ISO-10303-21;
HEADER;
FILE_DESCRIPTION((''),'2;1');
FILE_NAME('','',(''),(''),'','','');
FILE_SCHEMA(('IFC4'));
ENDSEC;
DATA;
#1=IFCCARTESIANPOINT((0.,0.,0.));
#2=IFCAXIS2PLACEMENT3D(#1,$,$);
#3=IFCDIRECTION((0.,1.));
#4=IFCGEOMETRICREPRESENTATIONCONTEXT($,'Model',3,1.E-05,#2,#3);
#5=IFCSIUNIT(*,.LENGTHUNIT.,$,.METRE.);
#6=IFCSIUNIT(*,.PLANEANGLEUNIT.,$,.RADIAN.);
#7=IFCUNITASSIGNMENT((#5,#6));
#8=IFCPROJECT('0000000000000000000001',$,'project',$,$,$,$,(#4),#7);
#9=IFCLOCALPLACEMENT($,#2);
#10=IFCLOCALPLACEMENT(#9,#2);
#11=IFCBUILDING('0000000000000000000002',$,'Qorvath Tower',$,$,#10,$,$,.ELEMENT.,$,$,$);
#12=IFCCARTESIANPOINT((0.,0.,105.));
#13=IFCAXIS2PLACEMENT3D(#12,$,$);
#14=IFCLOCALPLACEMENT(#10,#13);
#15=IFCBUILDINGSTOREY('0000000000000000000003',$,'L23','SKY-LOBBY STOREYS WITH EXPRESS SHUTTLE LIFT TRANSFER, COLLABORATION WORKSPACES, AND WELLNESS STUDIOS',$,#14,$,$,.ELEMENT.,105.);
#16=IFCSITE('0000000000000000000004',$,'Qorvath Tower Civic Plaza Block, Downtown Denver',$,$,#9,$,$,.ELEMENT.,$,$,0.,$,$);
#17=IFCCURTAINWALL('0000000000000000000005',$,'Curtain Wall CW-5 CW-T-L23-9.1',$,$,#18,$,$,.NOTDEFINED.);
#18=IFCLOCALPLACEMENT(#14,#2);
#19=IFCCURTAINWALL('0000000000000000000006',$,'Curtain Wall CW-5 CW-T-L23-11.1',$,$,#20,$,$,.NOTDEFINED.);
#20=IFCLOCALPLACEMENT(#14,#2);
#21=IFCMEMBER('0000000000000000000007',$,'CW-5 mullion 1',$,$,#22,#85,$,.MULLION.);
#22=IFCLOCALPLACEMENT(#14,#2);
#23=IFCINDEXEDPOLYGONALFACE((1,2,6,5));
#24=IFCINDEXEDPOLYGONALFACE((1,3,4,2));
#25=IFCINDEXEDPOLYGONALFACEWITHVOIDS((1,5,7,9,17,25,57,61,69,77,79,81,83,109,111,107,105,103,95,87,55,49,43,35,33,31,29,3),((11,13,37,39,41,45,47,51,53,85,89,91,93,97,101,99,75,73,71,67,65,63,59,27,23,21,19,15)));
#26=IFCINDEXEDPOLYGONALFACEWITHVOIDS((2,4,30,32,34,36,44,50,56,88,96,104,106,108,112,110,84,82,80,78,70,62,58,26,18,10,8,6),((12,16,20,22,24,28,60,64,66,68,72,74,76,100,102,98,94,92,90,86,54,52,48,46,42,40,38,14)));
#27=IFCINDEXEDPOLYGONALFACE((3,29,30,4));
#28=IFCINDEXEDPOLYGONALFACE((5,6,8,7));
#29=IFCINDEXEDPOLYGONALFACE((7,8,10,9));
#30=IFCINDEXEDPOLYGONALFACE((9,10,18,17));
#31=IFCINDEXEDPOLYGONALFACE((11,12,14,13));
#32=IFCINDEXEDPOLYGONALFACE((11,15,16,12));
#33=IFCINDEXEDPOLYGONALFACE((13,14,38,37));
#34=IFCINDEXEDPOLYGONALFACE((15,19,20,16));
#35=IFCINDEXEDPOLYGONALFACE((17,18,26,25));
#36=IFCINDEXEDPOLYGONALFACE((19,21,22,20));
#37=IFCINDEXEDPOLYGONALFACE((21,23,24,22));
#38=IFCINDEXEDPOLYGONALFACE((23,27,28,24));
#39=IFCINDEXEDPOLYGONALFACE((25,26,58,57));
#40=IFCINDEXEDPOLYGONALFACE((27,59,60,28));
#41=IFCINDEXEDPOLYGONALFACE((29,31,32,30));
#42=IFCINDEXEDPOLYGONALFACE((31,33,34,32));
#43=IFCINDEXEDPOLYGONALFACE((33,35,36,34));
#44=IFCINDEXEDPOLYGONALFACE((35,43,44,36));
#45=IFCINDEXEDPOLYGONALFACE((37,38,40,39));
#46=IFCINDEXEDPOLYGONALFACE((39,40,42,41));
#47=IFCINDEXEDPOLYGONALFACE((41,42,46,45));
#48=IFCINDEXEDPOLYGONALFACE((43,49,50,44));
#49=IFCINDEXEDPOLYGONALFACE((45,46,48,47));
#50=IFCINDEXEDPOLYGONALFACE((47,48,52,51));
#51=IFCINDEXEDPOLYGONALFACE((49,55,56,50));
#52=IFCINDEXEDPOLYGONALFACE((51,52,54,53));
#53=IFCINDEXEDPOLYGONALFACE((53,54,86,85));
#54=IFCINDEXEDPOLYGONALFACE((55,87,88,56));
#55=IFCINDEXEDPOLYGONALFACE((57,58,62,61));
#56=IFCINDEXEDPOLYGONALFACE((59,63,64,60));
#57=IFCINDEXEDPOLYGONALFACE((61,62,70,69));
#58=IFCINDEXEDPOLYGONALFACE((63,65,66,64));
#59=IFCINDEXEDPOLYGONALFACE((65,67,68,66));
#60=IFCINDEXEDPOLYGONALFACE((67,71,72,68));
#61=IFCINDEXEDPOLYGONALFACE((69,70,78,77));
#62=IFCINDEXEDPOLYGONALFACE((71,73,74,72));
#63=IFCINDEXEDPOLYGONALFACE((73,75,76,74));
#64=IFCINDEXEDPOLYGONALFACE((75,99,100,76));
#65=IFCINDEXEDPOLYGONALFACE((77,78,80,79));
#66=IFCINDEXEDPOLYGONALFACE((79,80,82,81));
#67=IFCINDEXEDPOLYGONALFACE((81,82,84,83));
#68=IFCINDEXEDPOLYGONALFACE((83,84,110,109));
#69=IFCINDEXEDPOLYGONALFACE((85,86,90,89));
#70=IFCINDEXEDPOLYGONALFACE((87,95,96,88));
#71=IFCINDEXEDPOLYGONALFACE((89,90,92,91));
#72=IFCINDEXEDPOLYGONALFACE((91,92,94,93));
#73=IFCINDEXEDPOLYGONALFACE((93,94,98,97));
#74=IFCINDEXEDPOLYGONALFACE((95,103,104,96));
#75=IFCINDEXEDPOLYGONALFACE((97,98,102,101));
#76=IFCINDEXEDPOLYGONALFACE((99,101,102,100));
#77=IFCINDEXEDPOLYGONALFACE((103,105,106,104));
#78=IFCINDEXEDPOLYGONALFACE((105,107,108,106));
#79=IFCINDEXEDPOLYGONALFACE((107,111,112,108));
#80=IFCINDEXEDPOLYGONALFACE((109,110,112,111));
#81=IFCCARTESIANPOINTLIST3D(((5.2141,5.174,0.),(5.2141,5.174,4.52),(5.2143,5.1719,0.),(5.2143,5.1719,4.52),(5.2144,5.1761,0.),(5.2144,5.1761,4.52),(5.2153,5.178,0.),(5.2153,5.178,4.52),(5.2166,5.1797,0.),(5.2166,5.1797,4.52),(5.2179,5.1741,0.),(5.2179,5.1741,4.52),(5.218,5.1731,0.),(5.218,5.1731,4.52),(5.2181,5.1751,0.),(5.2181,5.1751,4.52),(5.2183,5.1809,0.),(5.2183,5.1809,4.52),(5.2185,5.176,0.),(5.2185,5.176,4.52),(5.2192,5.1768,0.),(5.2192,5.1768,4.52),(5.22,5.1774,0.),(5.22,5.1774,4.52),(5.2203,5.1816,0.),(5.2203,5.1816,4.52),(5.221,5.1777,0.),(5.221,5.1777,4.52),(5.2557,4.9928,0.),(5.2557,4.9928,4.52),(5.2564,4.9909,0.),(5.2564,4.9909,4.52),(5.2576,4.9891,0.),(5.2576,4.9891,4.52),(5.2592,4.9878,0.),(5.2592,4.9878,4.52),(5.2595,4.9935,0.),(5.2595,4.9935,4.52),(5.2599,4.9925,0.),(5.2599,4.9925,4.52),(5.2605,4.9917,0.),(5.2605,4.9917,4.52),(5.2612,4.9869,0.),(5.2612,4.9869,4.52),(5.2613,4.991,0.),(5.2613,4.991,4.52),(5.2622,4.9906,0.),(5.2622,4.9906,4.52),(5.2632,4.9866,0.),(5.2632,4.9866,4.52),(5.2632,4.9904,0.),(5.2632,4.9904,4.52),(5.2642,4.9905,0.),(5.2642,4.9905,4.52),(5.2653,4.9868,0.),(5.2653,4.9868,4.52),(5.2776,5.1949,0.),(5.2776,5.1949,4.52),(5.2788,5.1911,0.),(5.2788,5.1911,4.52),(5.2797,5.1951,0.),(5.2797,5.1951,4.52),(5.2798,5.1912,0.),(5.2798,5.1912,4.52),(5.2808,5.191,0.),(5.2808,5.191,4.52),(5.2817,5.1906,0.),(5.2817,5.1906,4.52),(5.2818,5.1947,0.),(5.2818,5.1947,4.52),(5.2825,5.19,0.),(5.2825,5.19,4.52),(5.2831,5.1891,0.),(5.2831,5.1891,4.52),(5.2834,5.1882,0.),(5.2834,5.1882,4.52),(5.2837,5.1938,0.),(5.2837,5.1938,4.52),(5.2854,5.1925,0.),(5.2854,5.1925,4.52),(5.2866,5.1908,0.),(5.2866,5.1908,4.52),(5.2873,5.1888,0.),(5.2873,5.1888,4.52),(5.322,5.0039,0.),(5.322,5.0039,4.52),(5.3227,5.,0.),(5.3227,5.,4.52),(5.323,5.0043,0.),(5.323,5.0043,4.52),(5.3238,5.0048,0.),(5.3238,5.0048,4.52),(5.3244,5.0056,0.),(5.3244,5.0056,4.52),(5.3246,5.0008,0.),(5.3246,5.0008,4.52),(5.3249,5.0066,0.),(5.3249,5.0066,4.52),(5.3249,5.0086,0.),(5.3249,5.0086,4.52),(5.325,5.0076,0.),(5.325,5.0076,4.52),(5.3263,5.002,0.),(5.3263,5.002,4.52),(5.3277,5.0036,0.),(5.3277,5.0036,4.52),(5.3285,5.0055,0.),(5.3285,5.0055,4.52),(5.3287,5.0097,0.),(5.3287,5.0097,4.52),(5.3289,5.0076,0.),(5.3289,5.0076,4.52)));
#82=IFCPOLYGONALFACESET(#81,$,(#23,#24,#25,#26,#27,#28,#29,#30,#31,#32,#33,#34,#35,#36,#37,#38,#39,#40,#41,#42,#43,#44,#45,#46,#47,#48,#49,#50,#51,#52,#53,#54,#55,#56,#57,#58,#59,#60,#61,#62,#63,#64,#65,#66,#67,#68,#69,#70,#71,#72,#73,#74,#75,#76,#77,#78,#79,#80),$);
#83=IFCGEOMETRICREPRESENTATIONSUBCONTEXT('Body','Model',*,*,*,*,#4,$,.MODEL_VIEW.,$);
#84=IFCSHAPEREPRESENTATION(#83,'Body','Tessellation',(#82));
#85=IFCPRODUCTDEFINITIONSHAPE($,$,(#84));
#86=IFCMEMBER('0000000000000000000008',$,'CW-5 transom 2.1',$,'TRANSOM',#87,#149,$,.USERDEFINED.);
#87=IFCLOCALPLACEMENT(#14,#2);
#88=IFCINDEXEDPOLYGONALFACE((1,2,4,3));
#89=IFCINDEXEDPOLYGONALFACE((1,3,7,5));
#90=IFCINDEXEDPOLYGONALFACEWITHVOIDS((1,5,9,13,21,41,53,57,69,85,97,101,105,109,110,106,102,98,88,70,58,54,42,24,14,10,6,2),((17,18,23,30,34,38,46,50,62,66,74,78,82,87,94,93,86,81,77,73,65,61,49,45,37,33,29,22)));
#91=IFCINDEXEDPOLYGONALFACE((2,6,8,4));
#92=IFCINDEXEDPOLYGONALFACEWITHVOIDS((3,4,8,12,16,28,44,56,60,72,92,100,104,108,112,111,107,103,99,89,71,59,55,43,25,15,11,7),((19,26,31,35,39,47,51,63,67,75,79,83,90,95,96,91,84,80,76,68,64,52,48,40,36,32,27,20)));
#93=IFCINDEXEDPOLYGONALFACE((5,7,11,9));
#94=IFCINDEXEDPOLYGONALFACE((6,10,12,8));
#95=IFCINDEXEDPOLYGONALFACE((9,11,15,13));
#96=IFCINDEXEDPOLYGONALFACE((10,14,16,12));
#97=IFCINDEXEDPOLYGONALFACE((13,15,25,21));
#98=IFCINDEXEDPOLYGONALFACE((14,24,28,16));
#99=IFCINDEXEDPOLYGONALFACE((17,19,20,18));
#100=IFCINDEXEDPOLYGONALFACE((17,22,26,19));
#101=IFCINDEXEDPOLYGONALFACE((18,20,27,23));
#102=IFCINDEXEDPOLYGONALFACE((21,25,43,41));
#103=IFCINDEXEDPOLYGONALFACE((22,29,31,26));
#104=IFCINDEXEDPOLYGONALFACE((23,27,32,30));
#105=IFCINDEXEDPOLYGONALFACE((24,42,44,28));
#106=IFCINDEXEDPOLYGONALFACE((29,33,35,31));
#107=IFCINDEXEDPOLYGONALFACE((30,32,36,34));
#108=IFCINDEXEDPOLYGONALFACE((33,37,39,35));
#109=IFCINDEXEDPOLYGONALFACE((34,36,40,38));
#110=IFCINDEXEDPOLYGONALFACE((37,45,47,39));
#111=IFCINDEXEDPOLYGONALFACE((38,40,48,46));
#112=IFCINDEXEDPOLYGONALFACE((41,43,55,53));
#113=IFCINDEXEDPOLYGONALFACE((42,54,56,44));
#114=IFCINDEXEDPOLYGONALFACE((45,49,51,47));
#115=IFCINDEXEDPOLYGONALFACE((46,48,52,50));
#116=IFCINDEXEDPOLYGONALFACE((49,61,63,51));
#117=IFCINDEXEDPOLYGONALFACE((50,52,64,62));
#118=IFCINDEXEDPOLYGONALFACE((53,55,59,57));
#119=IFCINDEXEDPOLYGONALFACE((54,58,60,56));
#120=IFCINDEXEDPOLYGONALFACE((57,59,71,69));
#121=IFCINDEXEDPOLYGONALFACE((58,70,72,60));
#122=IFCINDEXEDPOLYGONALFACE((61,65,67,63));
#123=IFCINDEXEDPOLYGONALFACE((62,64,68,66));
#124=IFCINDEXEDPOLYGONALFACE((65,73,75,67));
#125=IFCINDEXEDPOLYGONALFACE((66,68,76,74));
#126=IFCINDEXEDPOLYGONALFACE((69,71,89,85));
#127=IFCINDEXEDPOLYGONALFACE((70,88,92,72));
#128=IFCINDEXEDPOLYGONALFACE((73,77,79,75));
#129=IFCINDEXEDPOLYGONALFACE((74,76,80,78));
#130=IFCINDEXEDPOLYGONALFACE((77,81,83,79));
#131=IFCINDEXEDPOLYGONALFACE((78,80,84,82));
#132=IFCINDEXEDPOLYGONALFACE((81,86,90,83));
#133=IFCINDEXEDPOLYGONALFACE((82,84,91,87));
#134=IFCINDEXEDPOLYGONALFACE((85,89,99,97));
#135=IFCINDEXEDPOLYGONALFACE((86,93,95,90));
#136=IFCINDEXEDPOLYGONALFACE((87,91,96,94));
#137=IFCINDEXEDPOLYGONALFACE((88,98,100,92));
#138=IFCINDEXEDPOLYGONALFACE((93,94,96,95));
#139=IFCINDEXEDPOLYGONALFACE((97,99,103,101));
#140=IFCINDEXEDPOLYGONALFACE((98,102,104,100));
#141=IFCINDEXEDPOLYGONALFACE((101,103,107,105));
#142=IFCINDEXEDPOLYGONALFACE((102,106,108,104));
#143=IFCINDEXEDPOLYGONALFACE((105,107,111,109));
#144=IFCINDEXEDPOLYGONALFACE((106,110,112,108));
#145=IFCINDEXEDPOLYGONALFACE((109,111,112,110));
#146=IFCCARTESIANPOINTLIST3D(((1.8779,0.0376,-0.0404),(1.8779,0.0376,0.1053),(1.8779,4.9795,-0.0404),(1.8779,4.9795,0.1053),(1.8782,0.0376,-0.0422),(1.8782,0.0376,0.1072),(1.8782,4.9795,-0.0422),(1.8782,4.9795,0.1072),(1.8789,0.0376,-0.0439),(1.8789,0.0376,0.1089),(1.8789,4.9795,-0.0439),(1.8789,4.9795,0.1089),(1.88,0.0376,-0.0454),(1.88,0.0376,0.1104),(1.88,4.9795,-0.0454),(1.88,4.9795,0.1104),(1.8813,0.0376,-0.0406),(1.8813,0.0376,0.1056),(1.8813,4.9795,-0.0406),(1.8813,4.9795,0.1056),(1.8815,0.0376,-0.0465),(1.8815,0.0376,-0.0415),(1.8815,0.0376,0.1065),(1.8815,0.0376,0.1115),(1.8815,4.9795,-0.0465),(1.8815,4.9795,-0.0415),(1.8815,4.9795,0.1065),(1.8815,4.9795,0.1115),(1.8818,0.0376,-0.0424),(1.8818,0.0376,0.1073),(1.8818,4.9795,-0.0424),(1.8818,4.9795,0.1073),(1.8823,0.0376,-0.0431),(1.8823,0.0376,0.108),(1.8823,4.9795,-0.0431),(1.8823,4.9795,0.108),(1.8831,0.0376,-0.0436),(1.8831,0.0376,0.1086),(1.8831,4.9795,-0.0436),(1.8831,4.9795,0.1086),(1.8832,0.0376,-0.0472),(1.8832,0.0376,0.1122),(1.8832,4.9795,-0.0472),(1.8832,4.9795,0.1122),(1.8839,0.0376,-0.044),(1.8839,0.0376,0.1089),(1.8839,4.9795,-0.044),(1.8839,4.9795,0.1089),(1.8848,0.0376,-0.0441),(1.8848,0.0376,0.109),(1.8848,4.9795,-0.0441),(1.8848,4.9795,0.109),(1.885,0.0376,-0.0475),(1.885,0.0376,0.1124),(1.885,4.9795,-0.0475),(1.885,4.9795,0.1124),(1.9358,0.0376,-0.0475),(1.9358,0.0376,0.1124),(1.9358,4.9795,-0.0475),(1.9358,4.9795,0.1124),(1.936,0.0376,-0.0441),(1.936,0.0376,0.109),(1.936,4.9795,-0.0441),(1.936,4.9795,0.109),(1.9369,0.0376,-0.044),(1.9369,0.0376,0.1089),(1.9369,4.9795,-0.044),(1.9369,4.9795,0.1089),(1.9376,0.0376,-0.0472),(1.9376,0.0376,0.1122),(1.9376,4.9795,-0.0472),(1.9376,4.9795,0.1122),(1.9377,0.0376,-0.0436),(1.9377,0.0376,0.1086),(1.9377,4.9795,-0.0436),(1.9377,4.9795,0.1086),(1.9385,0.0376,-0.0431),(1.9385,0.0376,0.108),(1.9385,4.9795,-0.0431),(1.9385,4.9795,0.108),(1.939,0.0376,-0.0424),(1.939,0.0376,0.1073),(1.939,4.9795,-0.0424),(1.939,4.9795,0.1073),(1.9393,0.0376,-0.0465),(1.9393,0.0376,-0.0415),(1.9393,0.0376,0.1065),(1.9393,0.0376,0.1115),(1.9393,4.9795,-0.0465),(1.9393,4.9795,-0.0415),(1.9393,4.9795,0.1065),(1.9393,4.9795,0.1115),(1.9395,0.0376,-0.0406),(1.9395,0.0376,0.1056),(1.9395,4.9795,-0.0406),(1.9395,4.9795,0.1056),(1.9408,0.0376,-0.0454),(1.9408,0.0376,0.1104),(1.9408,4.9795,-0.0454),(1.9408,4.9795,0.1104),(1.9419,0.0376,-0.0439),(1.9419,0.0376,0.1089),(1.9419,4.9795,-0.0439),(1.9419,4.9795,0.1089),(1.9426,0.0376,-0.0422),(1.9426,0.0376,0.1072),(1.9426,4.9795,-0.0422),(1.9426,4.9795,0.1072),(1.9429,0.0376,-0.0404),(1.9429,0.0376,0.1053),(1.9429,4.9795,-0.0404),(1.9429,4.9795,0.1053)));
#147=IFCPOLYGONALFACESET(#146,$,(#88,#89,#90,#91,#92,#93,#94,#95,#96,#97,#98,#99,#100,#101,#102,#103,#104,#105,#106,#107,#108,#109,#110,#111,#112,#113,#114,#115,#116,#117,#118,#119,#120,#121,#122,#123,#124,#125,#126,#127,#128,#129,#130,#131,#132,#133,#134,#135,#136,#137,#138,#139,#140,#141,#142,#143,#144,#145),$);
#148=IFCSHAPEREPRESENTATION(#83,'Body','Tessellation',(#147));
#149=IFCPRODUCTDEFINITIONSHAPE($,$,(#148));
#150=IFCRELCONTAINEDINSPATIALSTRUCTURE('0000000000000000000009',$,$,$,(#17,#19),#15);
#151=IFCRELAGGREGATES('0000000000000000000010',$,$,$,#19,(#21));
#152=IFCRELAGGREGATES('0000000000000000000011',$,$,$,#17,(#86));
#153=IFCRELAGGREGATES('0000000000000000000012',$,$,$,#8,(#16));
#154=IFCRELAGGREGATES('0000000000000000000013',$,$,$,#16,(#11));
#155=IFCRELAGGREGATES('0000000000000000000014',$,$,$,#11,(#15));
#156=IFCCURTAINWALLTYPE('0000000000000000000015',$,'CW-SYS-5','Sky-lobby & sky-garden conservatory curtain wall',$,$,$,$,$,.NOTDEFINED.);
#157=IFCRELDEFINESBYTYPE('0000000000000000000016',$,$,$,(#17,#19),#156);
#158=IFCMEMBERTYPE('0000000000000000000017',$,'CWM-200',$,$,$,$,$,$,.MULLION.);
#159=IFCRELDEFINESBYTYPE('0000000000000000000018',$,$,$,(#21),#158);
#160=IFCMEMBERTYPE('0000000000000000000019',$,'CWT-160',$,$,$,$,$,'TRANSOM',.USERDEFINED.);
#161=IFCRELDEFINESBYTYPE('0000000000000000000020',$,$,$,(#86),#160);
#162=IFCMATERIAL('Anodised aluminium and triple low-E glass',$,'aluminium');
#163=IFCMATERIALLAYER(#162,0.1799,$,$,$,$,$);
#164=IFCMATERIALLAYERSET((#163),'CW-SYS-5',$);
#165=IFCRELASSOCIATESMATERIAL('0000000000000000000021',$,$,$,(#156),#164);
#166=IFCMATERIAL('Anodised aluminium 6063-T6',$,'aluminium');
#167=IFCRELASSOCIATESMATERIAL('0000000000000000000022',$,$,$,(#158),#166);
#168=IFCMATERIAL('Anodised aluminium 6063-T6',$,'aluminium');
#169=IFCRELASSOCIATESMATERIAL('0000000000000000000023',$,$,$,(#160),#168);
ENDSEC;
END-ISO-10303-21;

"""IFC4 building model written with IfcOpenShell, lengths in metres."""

from ifc_helpers import new_model, si_unit, direction, frame, origin, origin_2d, place, context, subcontext, project, spatial, hollow_rectangle, extrude, material, layer, layer_set, material_profile, profile_set, type_object, element, aggregate, save


model = new_model("IFC4")

# Units and contexts
model_context = context("Model", 3, precision=1e-05, world=origin(), true_north=direction((0.0, 1.0)))
body_context = subcontext(model_context, "Body", "Model", "MODEL_VIEW")
ifc_project = project(units=[si_unit("LENGTHUNIT", "METRE"), si_unit("PLANEANGLEUNIT", "RADIAN")], contexts=[model_context])

# Site, building, storey
site_placement = place(None, origin())
site = spatial("IfcSite", under=ifc_project, at=site_placement, Name="Qorvath Tower Civic Plaza Block, Downtown Denver", CompositionType="ELEMENT", RefElevation=0.0)
building_placement = place(site_placement, origin())
building = spatial("IfcBuilding", under=site, at=building_placement, Name="Qorvath Tower", CompositionType="ELEMENT")
storey_placement = place(building_placement, frame((0.0, 0.0, 105.0)))
storey = spatial("IfcBuildingStorey", under=building, at=storey_placement, Name="L23", Description="SKY-LOBBY STOREYS WITH EXPRESS SHUTTLE LIFT TRANSFER, COLLABORATION WORKSPACES, AND WELLNESS STUDIOS", CompositionType="ELEMENT", Elevation=105.0)

# Curtain wall
ifc_material_1 = material(Name="Anodised aluminium and triple low-E glass", Category="aluminium")
ifc_layer_1 = layer(ifc_material_1, 0.1799)
ifc_layer_set_1 = layer_set([ifc_layer_1], Name="CW-SYS-5")
curtain_wall_type = type_object("IfcCurtainWallType", Name="CW-SYS-5", Description="Sky-lobby & sky-garden conservatory curtain wall", PredefinedType="NOTDEFINED", material=ifc_layer_set_1)
curtain_wall_1_placement = place(storey_placement, origin())
curtain_wall_1 = element("IfcCurtainWall", 1, at=curtain_wall_1_placement, inside=storey, type_object=curtain_wall_type, Name="Curtain Wall CW-5 CW-T-L23-9.1", PredefinedType="NOTDEFINED")
ifc_material_2 = material(Name="Anodised aluminium 6063-T6", Category="aluminium")
ifc_material_profile_1 = material_profile(ifc_material_2, hollow_rectangle(XDim=0.075, YDim=0.2, WallThickness=0.0039, InnerFilletRadius=0.0039, OuterFilletRadius=0.0081, at=origin_2d()), Name="CWM 200x75")
ifc_profile_set_1 = profile_set([ifc_material_profile_1], Name="Anodised aluminium 6063-T6")
member_type_1 = type_object("IfcMemberType", Name="CWM-200", PredefinedType="MULLION", material=ifc_profile_set_1)

# Curtain wall, member
curtain_wall_2_placement = place(storey_placement, origin())
curtain_wall_2 = element("IfcCurtainWall", 2, at=curtain_wall_2_placement, inside=storey, type_object=curtain_wall_type, Name="Curtain Wall CW-5 CW-T-L23-11.1", PredefinedType="NOTDEFINED")
member_1_placement = place(storey_placement, frame((5.2715, 5.0908, 0.0), z_axis=(0.0, 0.0, 1.0), x_axis=(-0.974339, -0.225085, 0.0)))
member_1 = element("IfcMember", 3, at=member_1_placement, type_object=member_type_1, Name="CW-5 mullion 1", PredefinedType="MULLION", context=body_context, shape_type="SweptSolid", body=[
    extrude(hollow_rectangle(XDim=0.075, YDim=0.2, WallThickness=0.0039, InnerFilletRadius=0.0039, OuterFilletRadius=0.0081, at=origin_2d()), origin(), (0.0, 0.0, 1.0), 4.52),
])

# Member
ifc_material_3 = material(Name="Anodised aluminium 6063-T6", Category="aluminium")
ifc_material_profile_2 = material_profile(ifc_material_3, hollow_rectangle(XDim=0.0649, YDim=0.1599, WallThickness=0.0034, InnerFilletRadius=0.0034, OuterFilletRadius=0.0071, at=origin_2d()), Name="CWT 160x65")
ifc_profile_set_2 = profile_set([ifc_material_profile_2], Name="Anodised aluminium 6063-T6")
member_type_2 = type_object("IfcMemberType", Name="CWT-160", ElementType="TRANSOM", PredefinedType="USERDEFINED", material=ifc_profile_set_2)
member_2_placement = place(storey_placement, frame((1.9104, 0.0376, 0.0325), z_axis=(0.0, 1.0, 0.0), x_axis=(-1.0, 0.0, 0.0)))
member_2 = element("IfcMember", 4, at=member_2_placement, type_object=member_type_2, Name="CW-5 transom 2.1", ObjectType="TRANSOM", PredefinedType="USERDEFINED", context=body_context, shape_type="SweptSolid", body=[
    extrude(hollow_rectangle(XDim=0.0649, YDim=0.1599, WallThickness=0.0034, InnerFilletRadius=0.0034, OuterFilletRadius=0.0071, at=origin_2d()), origin(), (0.0, 0.0, 1.0), 4.9419),
])
aggregate(curtain_wall_2, [member_1])

aggregate(curtain_wall_1, [member_2])

save(model, "model.ifc")
